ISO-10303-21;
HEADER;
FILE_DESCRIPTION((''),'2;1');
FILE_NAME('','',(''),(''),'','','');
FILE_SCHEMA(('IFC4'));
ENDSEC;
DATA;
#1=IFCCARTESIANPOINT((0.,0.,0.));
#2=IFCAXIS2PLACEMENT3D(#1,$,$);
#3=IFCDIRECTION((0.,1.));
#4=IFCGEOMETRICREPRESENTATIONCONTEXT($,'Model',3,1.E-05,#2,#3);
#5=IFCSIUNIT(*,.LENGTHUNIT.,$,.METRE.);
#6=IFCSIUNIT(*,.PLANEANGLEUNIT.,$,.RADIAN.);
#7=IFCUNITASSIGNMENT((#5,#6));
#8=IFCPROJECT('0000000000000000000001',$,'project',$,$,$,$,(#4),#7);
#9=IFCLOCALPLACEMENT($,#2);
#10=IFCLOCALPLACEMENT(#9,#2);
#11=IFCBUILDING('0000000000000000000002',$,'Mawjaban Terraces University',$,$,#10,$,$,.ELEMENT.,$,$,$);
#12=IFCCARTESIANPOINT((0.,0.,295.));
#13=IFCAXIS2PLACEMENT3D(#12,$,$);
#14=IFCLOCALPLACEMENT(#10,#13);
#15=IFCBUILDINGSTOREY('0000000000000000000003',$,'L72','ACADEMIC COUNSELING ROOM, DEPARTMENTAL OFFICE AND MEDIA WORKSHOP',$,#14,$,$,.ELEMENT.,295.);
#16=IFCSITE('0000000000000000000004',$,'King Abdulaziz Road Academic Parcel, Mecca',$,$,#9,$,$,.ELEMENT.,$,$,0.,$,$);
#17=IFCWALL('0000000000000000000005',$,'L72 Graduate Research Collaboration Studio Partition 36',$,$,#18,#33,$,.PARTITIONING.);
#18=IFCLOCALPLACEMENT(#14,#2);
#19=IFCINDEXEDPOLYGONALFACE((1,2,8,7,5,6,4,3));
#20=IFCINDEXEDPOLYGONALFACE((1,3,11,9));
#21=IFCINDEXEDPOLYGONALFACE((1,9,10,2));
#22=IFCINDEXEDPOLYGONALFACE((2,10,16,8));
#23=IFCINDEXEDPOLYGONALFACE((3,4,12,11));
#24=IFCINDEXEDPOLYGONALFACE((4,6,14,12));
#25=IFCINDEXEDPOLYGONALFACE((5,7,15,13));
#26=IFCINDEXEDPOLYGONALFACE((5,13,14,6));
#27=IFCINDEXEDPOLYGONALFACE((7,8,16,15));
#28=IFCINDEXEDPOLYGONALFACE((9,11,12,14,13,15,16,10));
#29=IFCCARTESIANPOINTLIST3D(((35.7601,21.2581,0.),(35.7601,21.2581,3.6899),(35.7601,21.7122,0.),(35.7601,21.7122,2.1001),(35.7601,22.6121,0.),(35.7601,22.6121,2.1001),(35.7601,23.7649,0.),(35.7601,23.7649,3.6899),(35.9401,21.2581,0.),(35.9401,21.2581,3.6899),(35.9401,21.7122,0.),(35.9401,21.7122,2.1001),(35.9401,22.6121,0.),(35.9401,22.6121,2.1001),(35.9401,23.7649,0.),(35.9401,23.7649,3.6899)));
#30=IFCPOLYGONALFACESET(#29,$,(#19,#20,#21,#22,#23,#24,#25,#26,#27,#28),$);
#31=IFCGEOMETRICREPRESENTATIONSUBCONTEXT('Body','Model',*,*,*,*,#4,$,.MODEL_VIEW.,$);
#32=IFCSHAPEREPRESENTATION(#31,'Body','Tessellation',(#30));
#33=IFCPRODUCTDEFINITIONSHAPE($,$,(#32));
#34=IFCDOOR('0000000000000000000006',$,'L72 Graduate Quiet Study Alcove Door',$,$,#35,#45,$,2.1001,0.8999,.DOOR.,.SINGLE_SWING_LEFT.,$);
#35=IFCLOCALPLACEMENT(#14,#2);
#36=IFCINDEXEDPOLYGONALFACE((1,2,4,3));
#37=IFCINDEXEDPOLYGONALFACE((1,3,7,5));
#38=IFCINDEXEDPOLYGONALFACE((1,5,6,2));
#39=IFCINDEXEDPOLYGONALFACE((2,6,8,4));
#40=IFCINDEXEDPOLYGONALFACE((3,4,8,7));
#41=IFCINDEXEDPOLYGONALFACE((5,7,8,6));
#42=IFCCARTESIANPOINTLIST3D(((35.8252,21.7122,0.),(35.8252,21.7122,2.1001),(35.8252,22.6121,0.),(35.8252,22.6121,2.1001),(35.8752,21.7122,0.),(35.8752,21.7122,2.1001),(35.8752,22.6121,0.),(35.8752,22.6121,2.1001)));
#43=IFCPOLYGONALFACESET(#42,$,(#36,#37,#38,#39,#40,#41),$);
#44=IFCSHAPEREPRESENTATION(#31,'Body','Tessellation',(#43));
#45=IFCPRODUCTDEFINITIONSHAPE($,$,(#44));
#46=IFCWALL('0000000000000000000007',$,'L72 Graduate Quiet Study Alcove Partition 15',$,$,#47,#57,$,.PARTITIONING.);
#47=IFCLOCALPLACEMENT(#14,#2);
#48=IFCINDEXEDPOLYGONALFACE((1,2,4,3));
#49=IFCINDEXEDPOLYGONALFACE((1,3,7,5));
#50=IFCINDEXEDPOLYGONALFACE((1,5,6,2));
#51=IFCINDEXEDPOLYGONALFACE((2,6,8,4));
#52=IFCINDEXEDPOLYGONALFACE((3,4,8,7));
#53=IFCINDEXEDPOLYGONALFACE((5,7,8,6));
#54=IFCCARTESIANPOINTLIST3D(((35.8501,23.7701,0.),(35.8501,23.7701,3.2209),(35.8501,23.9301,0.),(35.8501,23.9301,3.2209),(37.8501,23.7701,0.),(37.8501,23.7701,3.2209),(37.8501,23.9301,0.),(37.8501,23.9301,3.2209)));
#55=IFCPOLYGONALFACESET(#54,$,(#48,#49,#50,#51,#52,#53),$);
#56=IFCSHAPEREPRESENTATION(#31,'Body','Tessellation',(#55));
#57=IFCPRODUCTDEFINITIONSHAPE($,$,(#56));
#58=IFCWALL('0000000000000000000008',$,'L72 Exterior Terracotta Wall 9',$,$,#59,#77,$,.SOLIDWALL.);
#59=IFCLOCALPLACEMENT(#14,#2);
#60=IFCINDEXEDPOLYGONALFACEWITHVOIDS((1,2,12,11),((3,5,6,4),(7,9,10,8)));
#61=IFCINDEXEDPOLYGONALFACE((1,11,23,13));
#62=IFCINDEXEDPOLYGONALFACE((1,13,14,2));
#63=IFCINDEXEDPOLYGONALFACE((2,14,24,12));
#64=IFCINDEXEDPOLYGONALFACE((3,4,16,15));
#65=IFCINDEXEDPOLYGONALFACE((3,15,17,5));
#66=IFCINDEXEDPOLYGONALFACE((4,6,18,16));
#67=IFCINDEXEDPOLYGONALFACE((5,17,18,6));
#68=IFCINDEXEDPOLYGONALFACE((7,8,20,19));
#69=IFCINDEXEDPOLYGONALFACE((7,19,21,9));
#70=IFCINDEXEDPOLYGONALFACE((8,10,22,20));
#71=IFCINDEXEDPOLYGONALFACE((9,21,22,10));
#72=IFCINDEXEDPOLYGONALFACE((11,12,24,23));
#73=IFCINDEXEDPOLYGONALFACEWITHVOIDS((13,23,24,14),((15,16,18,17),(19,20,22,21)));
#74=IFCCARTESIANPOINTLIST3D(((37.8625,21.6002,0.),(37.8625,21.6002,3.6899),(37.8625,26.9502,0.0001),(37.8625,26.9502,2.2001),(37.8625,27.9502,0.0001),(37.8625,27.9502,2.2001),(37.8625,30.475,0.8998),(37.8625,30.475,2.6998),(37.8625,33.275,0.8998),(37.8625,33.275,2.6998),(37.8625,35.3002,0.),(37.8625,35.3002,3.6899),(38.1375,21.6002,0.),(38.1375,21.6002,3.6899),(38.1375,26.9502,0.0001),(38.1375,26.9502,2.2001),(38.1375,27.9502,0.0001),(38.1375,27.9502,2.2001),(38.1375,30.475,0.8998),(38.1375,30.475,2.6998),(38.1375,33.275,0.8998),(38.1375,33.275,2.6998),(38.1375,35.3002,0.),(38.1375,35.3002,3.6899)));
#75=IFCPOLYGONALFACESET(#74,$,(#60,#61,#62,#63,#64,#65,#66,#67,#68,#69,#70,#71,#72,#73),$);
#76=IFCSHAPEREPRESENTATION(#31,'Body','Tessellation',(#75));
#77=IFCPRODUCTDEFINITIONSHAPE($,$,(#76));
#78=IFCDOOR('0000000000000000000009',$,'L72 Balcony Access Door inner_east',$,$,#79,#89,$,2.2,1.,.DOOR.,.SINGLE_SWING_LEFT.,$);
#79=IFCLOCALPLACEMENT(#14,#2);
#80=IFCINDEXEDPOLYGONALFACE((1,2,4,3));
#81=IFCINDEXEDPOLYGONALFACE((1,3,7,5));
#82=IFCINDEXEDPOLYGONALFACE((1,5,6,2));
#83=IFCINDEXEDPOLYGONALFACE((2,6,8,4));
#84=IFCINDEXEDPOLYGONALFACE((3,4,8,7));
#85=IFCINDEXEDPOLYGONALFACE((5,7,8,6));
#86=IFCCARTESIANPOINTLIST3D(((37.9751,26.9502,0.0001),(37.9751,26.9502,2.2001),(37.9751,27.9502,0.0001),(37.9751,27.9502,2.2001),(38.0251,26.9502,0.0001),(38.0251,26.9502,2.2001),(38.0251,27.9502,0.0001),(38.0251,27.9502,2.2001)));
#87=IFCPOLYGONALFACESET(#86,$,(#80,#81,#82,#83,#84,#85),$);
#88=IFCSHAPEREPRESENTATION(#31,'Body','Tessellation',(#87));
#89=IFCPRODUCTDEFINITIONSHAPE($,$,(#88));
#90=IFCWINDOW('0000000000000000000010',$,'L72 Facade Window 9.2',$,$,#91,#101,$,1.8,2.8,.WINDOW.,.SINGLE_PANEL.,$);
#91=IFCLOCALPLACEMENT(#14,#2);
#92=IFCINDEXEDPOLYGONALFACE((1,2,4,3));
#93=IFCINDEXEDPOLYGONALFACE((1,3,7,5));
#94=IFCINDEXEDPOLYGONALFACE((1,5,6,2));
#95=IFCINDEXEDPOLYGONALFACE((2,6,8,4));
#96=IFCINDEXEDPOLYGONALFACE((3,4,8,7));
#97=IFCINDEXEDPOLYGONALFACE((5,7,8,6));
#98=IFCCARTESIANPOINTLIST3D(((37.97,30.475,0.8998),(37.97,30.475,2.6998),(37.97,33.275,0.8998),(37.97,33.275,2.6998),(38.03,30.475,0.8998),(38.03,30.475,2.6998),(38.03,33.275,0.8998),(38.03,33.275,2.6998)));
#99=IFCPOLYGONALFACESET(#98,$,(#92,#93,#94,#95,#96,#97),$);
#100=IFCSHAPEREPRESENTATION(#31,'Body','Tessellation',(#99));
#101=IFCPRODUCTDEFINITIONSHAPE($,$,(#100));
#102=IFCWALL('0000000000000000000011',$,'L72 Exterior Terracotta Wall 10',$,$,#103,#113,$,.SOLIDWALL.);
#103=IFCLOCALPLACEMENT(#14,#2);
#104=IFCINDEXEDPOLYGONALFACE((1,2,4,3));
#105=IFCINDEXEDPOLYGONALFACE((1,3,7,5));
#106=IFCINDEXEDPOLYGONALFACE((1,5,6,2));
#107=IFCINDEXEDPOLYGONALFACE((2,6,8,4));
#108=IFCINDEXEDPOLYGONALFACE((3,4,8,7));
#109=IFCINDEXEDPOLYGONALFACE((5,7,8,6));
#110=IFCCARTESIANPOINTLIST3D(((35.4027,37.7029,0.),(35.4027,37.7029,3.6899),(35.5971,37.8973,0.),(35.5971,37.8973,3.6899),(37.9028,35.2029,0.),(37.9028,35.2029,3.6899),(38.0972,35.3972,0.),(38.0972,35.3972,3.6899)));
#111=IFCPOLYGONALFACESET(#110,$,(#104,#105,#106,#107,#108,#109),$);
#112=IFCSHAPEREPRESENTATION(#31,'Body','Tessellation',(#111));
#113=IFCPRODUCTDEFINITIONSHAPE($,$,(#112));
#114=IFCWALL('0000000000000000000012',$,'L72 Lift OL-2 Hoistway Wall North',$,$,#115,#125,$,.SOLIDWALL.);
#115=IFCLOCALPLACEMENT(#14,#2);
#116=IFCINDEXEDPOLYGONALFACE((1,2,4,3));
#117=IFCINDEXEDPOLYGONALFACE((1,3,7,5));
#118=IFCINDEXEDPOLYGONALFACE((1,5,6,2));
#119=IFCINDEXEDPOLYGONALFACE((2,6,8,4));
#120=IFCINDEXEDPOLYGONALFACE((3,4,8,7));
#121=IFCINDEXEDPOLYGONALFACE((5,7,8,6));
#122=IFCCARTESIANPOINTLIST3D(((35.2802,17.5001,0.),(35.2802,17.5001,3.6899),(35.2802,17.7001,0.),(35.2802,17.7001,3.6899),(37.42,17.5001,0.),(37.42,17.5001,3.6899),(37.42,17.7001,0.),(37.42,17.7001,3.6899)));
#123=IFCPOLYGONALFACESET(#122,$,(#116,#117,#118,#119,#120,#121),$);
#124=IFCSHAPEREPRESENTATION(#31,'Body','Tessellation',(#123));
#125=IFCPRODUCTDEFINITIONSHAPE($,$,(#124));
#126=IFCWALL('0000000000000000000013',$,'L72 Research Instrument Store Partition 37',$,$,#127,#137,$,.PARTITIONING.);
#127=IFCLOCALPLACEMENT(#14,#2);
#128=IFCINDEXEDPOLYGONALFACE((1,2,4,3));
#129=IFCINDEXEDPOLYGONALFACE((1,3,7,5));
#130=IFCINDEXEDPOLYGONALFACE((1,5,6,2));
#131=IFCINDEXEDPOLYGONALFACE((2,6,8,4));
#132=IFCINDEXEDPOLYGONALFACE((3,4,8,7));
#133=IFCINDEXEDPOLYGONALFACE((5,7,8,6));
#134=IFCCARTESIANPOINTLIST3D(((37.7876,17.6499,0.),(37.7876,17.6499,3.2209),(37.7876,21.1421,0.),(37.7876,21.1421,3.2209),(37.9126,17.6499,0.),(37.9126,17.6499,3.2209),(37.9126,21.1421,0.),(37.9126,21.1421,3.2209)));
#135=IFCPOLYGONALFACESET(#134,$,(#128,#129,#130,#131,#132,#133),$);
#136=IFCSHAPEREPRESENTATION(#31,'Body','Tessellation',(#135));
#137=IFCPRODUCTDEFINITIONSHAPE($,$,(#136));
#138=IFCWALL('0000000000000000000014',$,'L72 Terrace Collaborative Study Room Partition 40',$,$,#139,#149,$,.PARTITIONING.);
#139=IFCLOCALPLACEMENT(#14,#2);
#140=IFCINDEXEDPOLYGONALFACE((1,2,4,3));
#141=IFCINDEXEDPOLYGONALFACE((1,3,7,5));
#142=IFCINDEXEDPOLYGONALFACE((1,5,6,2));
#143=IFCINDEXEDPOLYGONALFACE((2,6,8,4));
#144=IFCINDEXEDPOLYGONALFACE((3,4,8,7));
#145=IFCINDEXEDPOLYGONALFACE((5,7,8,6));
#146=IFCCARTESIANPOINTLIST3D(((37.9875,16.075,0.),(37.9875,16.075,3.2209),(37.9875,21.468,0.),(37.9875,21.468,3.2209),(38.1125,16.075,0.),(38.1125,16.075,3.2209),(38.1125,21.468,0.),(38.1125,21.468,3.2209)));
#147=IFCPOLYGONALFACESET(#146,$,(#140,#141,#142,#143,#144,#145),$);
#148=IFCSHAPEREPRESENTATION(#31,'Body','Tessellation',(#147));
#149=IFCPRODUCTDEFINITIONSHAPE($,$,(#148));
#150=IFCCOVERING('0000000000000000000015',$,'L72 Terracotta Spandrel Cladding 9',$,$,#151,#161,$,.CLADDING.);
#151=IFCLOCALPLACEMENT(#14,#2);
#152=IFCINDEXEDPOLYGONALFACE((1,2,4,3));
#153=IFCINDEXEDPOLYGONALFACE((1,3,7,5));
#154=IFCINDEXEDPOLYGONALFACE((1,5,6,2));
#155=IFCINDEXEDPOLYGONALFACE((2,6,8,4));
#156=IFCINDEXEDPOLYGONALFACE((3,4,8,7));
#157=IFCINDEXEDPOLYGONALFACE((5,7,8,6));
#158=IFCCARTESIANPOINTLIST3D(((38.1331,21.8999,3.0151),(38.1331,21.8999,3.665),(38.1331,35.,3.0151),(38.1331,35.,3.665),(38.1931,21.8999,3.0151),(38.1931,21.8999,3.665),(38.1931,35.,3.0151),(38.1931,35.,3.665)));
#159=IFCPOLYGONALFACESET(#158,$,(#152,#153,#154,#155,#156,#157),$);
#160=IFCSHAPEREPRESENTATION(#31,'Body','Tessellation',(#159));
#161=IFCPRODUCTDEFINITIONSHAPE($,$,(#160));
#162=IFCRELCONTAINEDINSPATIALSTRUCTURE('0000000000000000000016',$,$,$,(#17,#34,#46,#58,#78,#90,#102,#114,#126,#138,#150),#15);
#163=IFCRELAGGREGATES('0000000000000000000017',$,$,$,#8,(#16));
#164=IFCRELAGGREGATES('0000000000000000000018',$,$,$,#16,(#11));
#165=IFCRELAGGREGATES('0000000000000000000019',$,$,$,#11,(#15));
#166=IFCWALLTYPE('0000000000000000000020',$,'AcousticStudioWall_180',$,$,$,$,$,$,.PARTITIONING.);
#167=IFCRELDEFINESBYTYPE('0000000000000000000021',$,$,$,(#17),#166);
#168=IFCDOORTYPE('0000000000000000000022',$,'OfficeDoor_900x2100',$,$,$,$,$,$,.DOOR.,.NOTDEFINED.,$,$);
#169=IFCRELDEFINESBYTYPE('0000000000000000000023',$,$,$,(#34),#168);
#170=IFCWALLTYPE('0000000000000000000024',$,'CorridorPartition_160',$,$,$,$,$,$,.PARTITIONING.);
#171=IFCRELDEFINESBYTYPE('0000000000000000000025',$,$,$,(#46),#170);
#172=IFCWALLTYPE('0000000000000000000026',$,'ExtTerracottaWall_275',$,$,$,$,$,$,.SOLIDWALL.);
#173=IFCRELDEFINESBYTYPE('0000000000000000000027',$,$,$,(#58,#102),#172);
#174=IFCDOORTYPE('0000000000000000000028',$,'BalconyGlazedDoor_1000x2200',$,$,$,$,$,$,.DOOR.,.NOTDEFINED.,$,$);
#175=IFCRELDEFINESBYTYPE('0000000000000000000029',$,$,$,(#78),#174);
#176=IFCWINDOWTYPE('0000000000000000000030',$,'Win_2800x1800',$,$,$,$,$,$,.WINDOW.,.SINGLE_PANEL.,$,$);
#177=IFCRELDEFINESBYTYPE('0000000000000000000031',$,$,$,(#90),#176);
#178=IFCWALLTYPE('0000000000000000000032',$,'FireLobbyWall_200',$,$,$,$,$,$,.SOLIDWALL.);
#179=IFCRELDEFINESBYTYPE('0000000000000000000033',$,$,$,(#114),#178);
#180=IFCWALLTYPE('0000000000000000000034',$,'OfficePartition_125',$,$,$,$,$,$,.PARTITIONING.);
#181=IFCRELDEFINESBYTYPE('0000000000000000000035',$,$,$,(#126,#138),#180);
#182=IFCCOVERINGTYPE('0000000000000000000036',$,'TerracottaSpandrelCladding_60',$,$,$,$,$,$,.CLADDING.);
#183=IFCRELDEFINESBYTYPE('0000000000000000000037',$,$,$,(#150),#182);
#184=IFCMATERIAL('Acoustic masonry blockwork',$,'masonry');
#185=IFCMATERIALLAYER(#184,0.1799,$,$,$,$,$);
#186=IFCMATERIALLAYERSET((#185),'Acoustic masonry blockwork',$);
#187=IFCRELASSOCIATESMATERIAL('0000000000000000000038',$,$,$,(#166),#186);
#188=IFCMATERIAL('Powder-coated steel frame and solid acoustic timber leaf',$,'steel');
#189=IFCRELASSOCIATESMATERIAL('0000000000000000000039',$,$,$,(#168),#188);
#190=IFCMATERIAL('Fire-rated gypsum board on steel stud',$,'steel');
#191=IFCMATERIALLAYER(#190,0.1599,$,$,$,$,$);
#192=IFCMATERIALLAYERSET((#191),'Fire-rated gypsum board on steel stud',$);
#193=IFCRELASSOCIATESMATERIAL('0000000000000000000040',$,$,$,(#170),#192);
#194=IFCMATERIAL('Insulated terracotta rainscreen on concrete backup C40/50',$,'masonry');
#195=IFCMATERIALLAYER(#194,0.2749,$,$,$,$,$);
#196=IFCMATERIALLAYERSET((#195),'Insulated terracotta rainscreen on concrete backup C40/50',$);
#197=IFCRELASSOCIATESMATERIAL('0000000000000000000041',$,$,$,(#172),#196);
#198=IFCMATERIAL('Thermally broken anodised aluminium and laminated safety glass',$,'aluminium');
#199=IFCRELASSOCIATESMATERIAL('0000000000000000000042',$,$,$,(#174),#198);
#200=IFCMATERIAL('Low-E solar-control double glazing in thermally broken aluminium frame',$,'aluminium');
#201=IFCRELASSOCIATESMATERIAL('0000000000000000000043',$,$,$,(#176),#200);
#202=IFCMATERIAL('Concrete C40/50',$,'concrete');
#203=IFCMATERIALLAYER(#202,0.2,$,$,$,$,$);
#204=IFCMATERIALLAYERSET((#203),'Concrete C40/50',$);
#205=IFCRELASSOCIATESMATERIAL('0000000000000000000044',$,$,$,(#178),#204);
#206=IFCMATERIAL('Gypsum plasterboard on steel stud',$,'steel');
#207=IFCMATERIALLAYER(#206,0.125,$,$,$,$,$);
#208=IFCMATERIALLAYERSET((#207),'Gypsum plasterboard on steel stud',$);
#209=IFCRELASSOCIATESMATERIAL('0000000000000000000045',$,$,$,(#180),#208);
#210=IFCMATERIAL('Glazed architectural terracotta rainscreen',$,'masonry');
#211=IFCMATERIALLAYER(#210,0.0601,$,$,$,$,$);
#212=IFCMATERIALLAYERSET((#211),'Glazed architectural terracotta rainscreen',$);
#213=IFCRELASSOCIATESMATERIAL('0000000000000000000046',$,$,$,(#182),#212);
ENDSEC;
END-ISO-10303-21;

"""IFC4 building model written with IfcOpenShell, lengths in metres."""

from ifc_helpers import new_model, si_unit, direction, frame, frame_2d, origin, origin_2d, place, context, subcontext, project, spatial, rectangle, extrude, material, layer, layer_set, type_object, element, fill, save


model = new_model("IFC4")

# Units and contexts
model_context = context("Model", 3, precision=1e-05, world=origin(), true_north=direction((0.0, 1.0)))
body_context = subcontext(model_context, "Body", "Model", "MODEL_VIEW")
ifc_project = project(units=[si_unit("LENGTHUNIT", "METRE"), si_unit("PLANEANGLEUNIT", "RADIAN")], contexts=[model_context])

# Site, building, storey
site_placement = place(None, origin())
site = spatial("IfcSite", under=ifc_project, at=site_placement, Name="King Abdulaziz Road Academic Parcel, Mecca", CompositionType="ELEMENT", RefElevation=0.0)
building_placement = place(site_placement, origin())
building = spatial("IfcBuilding", under=site, at=building_placement, Name="Mawjaban Terraces University", CompositionType="ELEMENT")
storey_placement = place(building_placement, frame((0.0, 0.0, 295.0)))
storey = spatial("IfcBuildingStorey", under=building, at=storey_placement, Name="L72", Description="ACADEMIC COUNSELING ROOM, DEPARTMENTAL OFFICE AND MEDIA WORKSHOP", CompositionType="ELEMENT", Elevation=295.0)

# Wall, opening, door
ifc_material_1 = material(Name="Acoustic masonry blockwork", Category="masonry")
ifc_layer_1 = layer(ifc_material_1, 0.1799)
ifc_layer_set_1 = layer_set([ifc_layer_1], Name="Acoustic masonry blockwork")
wall_type_1 = type_object("IfcWallType", Name="AcousticStudioWall_180", PredefinedType="PARTITIONING", material=ifc_layer_set_1)
ifc_material_2 = material(Name="Powder-coated steel frame and solid acoustic timber leaf", Category="steel")
door_type_1 = type_object("IfcDoorType", Name="OfficeDoor_900x2100", OperationType="NOTDEFINED", PredefinedType="DOOR", material=ifc_material_2)
wall_1_placement = place(storey_placement, frame((35.8501, 21.2581, 0.0), z_axis=(0.0, 0.0, 1.0), x_axis=(0.0, 1.0, 0.0)))
wall_1 = element("IfcWall", 1, at=wall_1_placement, inside=storey, type_object=wall_type_1, Name="L72 Graduate Research Collaboration Studio Partition 36", PredefinedType="PARTITIONING", context=body_context, shape_type="SweptSolid", body=[
    extrude(rectangle(XDim=2.5068, YDim=0.1799, at=frame_2d((1.2534, 0.0))), origin(), (0.0, 0.0, 1.0), 3.6899),
])
opening_1_placement = place(wall_1_placement, frame((0.4541, 0.0, 0.0)))
opening_1 = element("IfcOpeningElement", 2, at=opening_1_placement, cuts=wall_1, PredefinedType="OPENING", context=body_context, shape_type="SweptSolid", body=[
    extrude(rectangle(XDim=0.8999, YDim=2.1001, at=frame_2d((0.45, 1.05))), frame((0.0, 0.0999, 0.0), z_axis=(0.0, -1.0, 0.0), x_axis=(1.0, 0.0, 0.0)), (0.0, 0.0, 1.0), 0.2),
])
door_1_placement = place(opening_1_placement, origin())
door_1 = element("IfcDoor", 3, at=door_1_placement, inside=storey, type_object=door_type_1, Name="L72 Graduate Quiet Study Alcove Door", OperationType="SINGLE_SWING_LEFT", OverallHeight=2.1001, OverallWidth=0.8999, PredefinedType="DOOR", context=body_context, shape_type="SweptSolid", body=[
    extrude(rectangle(XDim=0.8999, YDim=2.1001, at=frame_2d((0.45, 1.05))), frame((0.0, 0.0249, 0.0), z_axis=(0.0, -1.0, 0.0), x_axis=(1.0, 0.0, 0.0)), (0.0, 0.0, 1.0), 0.05),
])
fill(opening_1, door_1)

# Wall
ifc_material_3 = material(Name="Fire-rated gypsum board on steel stud", Category="steel")
ifc_layer_2 = layer(ifc_material_3, 0.1599)
ifc_layer_set_2 = layer_set([ifc_layer_2], Name="Fire-rated gypsum board on steel stud")
wall_type_2 = type_object("IfcWallType", Name="CorridorPartition_160", PredefinedType="PARTITIONING", material=ifc_layer_set_2)
wall_2_placement = place(storey_placement, frame((37.8501, 23.8501, 0.0), z_axis=(0.0, 0.0, 1.0), x_axis=(-1.0, 0.0, 0.0)))
element("IfcWall", 4, at=wall_2_placement, inside=storey, type_object=wall_type_2, Name="L72 Graduate Quiet Study Alcove Partition 15", PredefinedType="PARTITIONING", context=body_context, shape_type="SweptSolid", body=[
    extrude(rectangle(XDim=2.0, YDim=0.1599, at=frame_2d((1.0, 0.0))), origin(), (0.0, 0.0, 1.0), 3.2209),
])

# Wall, openings, door, window
ifc_material_4 = material(Name="Insulated terracotta rainscreen on concrete backup C40/50", Category="masonry")
ifc_layer_3 = layer(ifc_material_4, 0.2749)
ifc_layer_set_3 = layer_set([ifc_layer_3], Name="Insulated terracotta rainscreen on concrete backup C40/50")
wall_type_3 = type_object("IfcWallType", Name="ExtTerracottaWall_275", PredefinedType="SOLIDWALL", material=ifc_layer_set_3)
wall_3_placement = place(storey_placement, frame((38.0, 21.6001, 0.0), z_axis=(0.0, 0.0, 1.0), x_axis=(0.0, 1.0, 0.0)))
wall_3 = element("IfcWall", 5, at=wall_3_placement, inside=storey, type_object=wall_type_3, Name="L72 Exterior Terracotta Wall 9", PredefinedType="SOLIDWALL", context=body_context, shape_type="SweptSolid", body=[
    extrude(rectangle(XDim=13.7, YDim=0.2749, at=frame_2d((6.8501, 0.0))), origin(), (0.0, 0.0, 1.0), 3.6899),
])
opening_2_placement = place(wall_3_placement, frame((5.3501, 0.0, 0.0)))
opening_2 = element("IfcOpeningElement", 6, at=opening_2_placement, cuts=wall_3, PredefinedType="OPENING", context=body_context, shape_type="SweptSolid", body=[
    extrude(rectangle(XDim=1.0, YDim=2.2, at=frame_2d((0.5, 1.1001))), frame((0.0, 0.1475, 0.0), z_axis=(0.0, -1.0, 0.0), x_axis=(1.0, 0.0, 0.0)), (0.0, 0.0, 1.0), 0.2949),
])
opening_3_placement = place(wall_3_placement, frame((8.875, 0.0, 0.8999)))
opening_3 = element("IfcOpeningElement", 7, at=opening_3_placement, cuts=wall_3, PredefinedType="OPENING", context=body_context, shape_type="SweptSolid", body=[
    extrude(rectangle(XDim=2.8, YDim=1.8, at=frame_2d((1.3999, 0.8999))), frame((0.0, 0.1475, 0.0), z_axis=(0.0, -1.0, 0.0), x_axis=(1.0, 0.0, 0.0)), (0.0, 0.0, 1.0), 0.2949),
])
ifc_material_5 = material(Name="Thermally broken anodised aluminium and laminated safety glass", Category="aluminium")
door_type_2 = type_object("IfcDoorType", Name="BalconyGlazedDoor_1000x2200", OperationType="NOTDEFINED", PredefinedType="DOOR", material=ifc_material_5)
door_2_placement = place(opening_2_placement, origin())
door_2 = element("IfcDoor", 8, at=door_2_placement, inside=storey, type_object=door_type_2, Name="L72 Balcony Access Door inner_east", OperationType="SINGLE_SWING_LEFT", OverallHeight=2.2, OverallWidth=1.0, PredefinedType="DOOR", context=body_context, shape_type="SweptSolid", body=[
    extrude(rectangle(XDim=1.0, YDim=2.2, at=frame_2d((0.5, 1.1001))), frame((0.0, 0.0249, 0.0), z_axis=(0.0, -1.0, 0.0), x_axis=(1.0, 0.0, 0.0)), (0.0, 0.0, 1.0), 0.05),
])
fill(opening_2, door_2)
ifc_material_6 = material(Name="Low-E solar-control double glazing in thermally broken aluminium frame", Category="aluminium")
window_type = type_object("IfcWindowType", Name="Win_2800x1800", PartitioningType="SINGLE_PANEL", PredefinedType="WINDOW", material=ifc_material_6)
window_placement = place(opening_3_placement, origin())
window = element("IfcWindow", 9, at=window_placement, inside=storey, type_object=window_type, Name="L72 Facade Window 9.2", OverallHeight=1.8, OverallWidth=2.8, PartitioningType="SINGLE_PANEL", PredefinedType="WINDOW", context=body_context, shape_type="SweptSolid", body=[
    extrude(rectangle(XDim=2.8, YDim=1.8, at=frame_2d((1.3999, 0.8999))), frame((0.0, 0.03, 0.0), z_axis=(0.0, -1.0, 0.0), x_axis=(1.0, 0.0, 0.0)), (0.0, 0.0, 1.0), 0.0601),
])
fill(opening_3, window)

# Walls
wall_4_placement = place(storey_placement, frame((38.0, 35.3, 0.0), z_axis=(0.0, 0.0, 1.0), x_axis=(-0.707107, 0.707107, 0.0)))
element("IfcWall", 10, at=wall_4_placement, inside=storey, type_object=wall_type_3, Name="L72 Exterior Terracotta Wall 10", PredefinedType="SOLIDWALL", context=body_context, shape_type="SweptSolid", body=[
    extrude(rectangle(XDim=3.5356, YDim=0.2749, at=frame_2d((1.7678, 0.0))), origin(), (0.0, 0.0, 1.0), 3.6899),
])
ifc_material_7 = material(Name="Concrete C40/50", Category="concrete")
ifc_layer_4 = layer(ifc_material_7, 0.2)
ifc_layer_set_4 = layer_set([ifc_layer_4], Name="Concrete C40/50")
wall_type_4 = type_object("IfcWallType", Name="FireLobbyWall_200", PredefinedType="SOLIDWALL", material=ifc_layer_set_4)
wall_5_placement = place(storey_placement, frame((37.4199, 17.6001, 0.0), z_axis=(0.0, 0.0, 1.0), x_axis=(-1.0, 0.0, 0.0)))
element("IfcWall", 11, at=wall_5_placement, inside=storey, type_object=wall_type_4, Name="L72 Lift OL-2 Hoistway Wall North", PredefinedType="SOLIDWALL", context=body_context, shape_type="SweptSolid", body=[
    extrude(rectangle(XDim=2.1399, YDim=0.2, at=frame_2d((1.0698, 0.0))), origin(), (0.0, 0.0, 1.0), 3.6899),
])
ifc_material_8 = material(Name="Gypsum plasterboard on steel stud", Category="steel")
ifc_layer_5 = layer(ifc_material_8, 0.125)
ifc_layer_set_5 = layer_set([ifc_layer_5], Name="Gypsum plasterboard on steel stud")
wall_type_5 = type_object("IfcWallType", Name="OfficePartition_125", PredefinedType="PARTITIONING", material=ifc_layer_set_5)
wall_6_placement = place(storey_placement, frame((37.8501, 17.6499, 0.0), z_axis=(0.0, 0.0, 1.0), x_axis=(0.0, 1.0, 0.0)))
element("IfcWall", 12, at=wall_6_placement, inside=storey, type_object=wall_type_5, Name="L72 Research Instrument Store Partition 37", PredefinedType="PARTITIONING", context=body_context, shape_type="SweptSolid", body=[
    extrude(rectangle(XDim=3.4922, YDim=0.125, at=frame_2d((1.7461, 0.0))), origin(), (0.0, 0.0, 1.0), 3.2209),
])
wall_7_placement = place(storey_placement, frame((38.05, 21.468, 0.0), z_axis=(0.0, 0.0, 1.0), x_axis=(0.0, -1.0, 0.0)))
element("IfcWall", 13, at=wall_7_placement, inside=storey, type_object=wall_type_5, Name="L72 Terrace Collaborative Study Room Partition 40", PredefinedType="PARTITIONING", context=body_context, shape_type="SweptSolid", body=[
    extrude(rectangle(XDim=5.3931, YDim=0.125, at=frame_2d((2.6965, 0.0))), origin(), (0.0, 0.0, 1.0), 3.2209),
])

# Covering
ifc_material_9 = material(Name="Glazed architectural terracotta rainscreen", Category="masonry")
ifc_layer_6 = layer(ifc_material_9, 0.0601)
ifc_layer_set_6 = layer_set([ifc_layer_6], Name="Glazed architectural terracotta rainscreen")
covering_type = type_object("IfcCoveringType", Name="TerracottaSpandrelCladding_60", PredefinedType="CLADDING", material=ifc_layer_set_6)
covering_placement = place(storey_placement, frame((38.1631, 28.45, 3.0151), z_axis=(0.0, 0.0, 1.0), x_axis=(0.0, 1.0, 0.0)))
element("IfcCovering", 14, at=covering_placement, inside=storey, type_object=covering_type, Name="L72 Terracotta Spandrel Cladding 9", PredefinedType="CLADDING", context=body_context, shape_type="SweptSolid", body=[
    extrude(rectangle(XDim=13.1001, YDim=0.0601, at=origin_2d()), origin(), (0.0, 0.0, 1.0), 0.6499),
])

save(model, "model.ifc")
